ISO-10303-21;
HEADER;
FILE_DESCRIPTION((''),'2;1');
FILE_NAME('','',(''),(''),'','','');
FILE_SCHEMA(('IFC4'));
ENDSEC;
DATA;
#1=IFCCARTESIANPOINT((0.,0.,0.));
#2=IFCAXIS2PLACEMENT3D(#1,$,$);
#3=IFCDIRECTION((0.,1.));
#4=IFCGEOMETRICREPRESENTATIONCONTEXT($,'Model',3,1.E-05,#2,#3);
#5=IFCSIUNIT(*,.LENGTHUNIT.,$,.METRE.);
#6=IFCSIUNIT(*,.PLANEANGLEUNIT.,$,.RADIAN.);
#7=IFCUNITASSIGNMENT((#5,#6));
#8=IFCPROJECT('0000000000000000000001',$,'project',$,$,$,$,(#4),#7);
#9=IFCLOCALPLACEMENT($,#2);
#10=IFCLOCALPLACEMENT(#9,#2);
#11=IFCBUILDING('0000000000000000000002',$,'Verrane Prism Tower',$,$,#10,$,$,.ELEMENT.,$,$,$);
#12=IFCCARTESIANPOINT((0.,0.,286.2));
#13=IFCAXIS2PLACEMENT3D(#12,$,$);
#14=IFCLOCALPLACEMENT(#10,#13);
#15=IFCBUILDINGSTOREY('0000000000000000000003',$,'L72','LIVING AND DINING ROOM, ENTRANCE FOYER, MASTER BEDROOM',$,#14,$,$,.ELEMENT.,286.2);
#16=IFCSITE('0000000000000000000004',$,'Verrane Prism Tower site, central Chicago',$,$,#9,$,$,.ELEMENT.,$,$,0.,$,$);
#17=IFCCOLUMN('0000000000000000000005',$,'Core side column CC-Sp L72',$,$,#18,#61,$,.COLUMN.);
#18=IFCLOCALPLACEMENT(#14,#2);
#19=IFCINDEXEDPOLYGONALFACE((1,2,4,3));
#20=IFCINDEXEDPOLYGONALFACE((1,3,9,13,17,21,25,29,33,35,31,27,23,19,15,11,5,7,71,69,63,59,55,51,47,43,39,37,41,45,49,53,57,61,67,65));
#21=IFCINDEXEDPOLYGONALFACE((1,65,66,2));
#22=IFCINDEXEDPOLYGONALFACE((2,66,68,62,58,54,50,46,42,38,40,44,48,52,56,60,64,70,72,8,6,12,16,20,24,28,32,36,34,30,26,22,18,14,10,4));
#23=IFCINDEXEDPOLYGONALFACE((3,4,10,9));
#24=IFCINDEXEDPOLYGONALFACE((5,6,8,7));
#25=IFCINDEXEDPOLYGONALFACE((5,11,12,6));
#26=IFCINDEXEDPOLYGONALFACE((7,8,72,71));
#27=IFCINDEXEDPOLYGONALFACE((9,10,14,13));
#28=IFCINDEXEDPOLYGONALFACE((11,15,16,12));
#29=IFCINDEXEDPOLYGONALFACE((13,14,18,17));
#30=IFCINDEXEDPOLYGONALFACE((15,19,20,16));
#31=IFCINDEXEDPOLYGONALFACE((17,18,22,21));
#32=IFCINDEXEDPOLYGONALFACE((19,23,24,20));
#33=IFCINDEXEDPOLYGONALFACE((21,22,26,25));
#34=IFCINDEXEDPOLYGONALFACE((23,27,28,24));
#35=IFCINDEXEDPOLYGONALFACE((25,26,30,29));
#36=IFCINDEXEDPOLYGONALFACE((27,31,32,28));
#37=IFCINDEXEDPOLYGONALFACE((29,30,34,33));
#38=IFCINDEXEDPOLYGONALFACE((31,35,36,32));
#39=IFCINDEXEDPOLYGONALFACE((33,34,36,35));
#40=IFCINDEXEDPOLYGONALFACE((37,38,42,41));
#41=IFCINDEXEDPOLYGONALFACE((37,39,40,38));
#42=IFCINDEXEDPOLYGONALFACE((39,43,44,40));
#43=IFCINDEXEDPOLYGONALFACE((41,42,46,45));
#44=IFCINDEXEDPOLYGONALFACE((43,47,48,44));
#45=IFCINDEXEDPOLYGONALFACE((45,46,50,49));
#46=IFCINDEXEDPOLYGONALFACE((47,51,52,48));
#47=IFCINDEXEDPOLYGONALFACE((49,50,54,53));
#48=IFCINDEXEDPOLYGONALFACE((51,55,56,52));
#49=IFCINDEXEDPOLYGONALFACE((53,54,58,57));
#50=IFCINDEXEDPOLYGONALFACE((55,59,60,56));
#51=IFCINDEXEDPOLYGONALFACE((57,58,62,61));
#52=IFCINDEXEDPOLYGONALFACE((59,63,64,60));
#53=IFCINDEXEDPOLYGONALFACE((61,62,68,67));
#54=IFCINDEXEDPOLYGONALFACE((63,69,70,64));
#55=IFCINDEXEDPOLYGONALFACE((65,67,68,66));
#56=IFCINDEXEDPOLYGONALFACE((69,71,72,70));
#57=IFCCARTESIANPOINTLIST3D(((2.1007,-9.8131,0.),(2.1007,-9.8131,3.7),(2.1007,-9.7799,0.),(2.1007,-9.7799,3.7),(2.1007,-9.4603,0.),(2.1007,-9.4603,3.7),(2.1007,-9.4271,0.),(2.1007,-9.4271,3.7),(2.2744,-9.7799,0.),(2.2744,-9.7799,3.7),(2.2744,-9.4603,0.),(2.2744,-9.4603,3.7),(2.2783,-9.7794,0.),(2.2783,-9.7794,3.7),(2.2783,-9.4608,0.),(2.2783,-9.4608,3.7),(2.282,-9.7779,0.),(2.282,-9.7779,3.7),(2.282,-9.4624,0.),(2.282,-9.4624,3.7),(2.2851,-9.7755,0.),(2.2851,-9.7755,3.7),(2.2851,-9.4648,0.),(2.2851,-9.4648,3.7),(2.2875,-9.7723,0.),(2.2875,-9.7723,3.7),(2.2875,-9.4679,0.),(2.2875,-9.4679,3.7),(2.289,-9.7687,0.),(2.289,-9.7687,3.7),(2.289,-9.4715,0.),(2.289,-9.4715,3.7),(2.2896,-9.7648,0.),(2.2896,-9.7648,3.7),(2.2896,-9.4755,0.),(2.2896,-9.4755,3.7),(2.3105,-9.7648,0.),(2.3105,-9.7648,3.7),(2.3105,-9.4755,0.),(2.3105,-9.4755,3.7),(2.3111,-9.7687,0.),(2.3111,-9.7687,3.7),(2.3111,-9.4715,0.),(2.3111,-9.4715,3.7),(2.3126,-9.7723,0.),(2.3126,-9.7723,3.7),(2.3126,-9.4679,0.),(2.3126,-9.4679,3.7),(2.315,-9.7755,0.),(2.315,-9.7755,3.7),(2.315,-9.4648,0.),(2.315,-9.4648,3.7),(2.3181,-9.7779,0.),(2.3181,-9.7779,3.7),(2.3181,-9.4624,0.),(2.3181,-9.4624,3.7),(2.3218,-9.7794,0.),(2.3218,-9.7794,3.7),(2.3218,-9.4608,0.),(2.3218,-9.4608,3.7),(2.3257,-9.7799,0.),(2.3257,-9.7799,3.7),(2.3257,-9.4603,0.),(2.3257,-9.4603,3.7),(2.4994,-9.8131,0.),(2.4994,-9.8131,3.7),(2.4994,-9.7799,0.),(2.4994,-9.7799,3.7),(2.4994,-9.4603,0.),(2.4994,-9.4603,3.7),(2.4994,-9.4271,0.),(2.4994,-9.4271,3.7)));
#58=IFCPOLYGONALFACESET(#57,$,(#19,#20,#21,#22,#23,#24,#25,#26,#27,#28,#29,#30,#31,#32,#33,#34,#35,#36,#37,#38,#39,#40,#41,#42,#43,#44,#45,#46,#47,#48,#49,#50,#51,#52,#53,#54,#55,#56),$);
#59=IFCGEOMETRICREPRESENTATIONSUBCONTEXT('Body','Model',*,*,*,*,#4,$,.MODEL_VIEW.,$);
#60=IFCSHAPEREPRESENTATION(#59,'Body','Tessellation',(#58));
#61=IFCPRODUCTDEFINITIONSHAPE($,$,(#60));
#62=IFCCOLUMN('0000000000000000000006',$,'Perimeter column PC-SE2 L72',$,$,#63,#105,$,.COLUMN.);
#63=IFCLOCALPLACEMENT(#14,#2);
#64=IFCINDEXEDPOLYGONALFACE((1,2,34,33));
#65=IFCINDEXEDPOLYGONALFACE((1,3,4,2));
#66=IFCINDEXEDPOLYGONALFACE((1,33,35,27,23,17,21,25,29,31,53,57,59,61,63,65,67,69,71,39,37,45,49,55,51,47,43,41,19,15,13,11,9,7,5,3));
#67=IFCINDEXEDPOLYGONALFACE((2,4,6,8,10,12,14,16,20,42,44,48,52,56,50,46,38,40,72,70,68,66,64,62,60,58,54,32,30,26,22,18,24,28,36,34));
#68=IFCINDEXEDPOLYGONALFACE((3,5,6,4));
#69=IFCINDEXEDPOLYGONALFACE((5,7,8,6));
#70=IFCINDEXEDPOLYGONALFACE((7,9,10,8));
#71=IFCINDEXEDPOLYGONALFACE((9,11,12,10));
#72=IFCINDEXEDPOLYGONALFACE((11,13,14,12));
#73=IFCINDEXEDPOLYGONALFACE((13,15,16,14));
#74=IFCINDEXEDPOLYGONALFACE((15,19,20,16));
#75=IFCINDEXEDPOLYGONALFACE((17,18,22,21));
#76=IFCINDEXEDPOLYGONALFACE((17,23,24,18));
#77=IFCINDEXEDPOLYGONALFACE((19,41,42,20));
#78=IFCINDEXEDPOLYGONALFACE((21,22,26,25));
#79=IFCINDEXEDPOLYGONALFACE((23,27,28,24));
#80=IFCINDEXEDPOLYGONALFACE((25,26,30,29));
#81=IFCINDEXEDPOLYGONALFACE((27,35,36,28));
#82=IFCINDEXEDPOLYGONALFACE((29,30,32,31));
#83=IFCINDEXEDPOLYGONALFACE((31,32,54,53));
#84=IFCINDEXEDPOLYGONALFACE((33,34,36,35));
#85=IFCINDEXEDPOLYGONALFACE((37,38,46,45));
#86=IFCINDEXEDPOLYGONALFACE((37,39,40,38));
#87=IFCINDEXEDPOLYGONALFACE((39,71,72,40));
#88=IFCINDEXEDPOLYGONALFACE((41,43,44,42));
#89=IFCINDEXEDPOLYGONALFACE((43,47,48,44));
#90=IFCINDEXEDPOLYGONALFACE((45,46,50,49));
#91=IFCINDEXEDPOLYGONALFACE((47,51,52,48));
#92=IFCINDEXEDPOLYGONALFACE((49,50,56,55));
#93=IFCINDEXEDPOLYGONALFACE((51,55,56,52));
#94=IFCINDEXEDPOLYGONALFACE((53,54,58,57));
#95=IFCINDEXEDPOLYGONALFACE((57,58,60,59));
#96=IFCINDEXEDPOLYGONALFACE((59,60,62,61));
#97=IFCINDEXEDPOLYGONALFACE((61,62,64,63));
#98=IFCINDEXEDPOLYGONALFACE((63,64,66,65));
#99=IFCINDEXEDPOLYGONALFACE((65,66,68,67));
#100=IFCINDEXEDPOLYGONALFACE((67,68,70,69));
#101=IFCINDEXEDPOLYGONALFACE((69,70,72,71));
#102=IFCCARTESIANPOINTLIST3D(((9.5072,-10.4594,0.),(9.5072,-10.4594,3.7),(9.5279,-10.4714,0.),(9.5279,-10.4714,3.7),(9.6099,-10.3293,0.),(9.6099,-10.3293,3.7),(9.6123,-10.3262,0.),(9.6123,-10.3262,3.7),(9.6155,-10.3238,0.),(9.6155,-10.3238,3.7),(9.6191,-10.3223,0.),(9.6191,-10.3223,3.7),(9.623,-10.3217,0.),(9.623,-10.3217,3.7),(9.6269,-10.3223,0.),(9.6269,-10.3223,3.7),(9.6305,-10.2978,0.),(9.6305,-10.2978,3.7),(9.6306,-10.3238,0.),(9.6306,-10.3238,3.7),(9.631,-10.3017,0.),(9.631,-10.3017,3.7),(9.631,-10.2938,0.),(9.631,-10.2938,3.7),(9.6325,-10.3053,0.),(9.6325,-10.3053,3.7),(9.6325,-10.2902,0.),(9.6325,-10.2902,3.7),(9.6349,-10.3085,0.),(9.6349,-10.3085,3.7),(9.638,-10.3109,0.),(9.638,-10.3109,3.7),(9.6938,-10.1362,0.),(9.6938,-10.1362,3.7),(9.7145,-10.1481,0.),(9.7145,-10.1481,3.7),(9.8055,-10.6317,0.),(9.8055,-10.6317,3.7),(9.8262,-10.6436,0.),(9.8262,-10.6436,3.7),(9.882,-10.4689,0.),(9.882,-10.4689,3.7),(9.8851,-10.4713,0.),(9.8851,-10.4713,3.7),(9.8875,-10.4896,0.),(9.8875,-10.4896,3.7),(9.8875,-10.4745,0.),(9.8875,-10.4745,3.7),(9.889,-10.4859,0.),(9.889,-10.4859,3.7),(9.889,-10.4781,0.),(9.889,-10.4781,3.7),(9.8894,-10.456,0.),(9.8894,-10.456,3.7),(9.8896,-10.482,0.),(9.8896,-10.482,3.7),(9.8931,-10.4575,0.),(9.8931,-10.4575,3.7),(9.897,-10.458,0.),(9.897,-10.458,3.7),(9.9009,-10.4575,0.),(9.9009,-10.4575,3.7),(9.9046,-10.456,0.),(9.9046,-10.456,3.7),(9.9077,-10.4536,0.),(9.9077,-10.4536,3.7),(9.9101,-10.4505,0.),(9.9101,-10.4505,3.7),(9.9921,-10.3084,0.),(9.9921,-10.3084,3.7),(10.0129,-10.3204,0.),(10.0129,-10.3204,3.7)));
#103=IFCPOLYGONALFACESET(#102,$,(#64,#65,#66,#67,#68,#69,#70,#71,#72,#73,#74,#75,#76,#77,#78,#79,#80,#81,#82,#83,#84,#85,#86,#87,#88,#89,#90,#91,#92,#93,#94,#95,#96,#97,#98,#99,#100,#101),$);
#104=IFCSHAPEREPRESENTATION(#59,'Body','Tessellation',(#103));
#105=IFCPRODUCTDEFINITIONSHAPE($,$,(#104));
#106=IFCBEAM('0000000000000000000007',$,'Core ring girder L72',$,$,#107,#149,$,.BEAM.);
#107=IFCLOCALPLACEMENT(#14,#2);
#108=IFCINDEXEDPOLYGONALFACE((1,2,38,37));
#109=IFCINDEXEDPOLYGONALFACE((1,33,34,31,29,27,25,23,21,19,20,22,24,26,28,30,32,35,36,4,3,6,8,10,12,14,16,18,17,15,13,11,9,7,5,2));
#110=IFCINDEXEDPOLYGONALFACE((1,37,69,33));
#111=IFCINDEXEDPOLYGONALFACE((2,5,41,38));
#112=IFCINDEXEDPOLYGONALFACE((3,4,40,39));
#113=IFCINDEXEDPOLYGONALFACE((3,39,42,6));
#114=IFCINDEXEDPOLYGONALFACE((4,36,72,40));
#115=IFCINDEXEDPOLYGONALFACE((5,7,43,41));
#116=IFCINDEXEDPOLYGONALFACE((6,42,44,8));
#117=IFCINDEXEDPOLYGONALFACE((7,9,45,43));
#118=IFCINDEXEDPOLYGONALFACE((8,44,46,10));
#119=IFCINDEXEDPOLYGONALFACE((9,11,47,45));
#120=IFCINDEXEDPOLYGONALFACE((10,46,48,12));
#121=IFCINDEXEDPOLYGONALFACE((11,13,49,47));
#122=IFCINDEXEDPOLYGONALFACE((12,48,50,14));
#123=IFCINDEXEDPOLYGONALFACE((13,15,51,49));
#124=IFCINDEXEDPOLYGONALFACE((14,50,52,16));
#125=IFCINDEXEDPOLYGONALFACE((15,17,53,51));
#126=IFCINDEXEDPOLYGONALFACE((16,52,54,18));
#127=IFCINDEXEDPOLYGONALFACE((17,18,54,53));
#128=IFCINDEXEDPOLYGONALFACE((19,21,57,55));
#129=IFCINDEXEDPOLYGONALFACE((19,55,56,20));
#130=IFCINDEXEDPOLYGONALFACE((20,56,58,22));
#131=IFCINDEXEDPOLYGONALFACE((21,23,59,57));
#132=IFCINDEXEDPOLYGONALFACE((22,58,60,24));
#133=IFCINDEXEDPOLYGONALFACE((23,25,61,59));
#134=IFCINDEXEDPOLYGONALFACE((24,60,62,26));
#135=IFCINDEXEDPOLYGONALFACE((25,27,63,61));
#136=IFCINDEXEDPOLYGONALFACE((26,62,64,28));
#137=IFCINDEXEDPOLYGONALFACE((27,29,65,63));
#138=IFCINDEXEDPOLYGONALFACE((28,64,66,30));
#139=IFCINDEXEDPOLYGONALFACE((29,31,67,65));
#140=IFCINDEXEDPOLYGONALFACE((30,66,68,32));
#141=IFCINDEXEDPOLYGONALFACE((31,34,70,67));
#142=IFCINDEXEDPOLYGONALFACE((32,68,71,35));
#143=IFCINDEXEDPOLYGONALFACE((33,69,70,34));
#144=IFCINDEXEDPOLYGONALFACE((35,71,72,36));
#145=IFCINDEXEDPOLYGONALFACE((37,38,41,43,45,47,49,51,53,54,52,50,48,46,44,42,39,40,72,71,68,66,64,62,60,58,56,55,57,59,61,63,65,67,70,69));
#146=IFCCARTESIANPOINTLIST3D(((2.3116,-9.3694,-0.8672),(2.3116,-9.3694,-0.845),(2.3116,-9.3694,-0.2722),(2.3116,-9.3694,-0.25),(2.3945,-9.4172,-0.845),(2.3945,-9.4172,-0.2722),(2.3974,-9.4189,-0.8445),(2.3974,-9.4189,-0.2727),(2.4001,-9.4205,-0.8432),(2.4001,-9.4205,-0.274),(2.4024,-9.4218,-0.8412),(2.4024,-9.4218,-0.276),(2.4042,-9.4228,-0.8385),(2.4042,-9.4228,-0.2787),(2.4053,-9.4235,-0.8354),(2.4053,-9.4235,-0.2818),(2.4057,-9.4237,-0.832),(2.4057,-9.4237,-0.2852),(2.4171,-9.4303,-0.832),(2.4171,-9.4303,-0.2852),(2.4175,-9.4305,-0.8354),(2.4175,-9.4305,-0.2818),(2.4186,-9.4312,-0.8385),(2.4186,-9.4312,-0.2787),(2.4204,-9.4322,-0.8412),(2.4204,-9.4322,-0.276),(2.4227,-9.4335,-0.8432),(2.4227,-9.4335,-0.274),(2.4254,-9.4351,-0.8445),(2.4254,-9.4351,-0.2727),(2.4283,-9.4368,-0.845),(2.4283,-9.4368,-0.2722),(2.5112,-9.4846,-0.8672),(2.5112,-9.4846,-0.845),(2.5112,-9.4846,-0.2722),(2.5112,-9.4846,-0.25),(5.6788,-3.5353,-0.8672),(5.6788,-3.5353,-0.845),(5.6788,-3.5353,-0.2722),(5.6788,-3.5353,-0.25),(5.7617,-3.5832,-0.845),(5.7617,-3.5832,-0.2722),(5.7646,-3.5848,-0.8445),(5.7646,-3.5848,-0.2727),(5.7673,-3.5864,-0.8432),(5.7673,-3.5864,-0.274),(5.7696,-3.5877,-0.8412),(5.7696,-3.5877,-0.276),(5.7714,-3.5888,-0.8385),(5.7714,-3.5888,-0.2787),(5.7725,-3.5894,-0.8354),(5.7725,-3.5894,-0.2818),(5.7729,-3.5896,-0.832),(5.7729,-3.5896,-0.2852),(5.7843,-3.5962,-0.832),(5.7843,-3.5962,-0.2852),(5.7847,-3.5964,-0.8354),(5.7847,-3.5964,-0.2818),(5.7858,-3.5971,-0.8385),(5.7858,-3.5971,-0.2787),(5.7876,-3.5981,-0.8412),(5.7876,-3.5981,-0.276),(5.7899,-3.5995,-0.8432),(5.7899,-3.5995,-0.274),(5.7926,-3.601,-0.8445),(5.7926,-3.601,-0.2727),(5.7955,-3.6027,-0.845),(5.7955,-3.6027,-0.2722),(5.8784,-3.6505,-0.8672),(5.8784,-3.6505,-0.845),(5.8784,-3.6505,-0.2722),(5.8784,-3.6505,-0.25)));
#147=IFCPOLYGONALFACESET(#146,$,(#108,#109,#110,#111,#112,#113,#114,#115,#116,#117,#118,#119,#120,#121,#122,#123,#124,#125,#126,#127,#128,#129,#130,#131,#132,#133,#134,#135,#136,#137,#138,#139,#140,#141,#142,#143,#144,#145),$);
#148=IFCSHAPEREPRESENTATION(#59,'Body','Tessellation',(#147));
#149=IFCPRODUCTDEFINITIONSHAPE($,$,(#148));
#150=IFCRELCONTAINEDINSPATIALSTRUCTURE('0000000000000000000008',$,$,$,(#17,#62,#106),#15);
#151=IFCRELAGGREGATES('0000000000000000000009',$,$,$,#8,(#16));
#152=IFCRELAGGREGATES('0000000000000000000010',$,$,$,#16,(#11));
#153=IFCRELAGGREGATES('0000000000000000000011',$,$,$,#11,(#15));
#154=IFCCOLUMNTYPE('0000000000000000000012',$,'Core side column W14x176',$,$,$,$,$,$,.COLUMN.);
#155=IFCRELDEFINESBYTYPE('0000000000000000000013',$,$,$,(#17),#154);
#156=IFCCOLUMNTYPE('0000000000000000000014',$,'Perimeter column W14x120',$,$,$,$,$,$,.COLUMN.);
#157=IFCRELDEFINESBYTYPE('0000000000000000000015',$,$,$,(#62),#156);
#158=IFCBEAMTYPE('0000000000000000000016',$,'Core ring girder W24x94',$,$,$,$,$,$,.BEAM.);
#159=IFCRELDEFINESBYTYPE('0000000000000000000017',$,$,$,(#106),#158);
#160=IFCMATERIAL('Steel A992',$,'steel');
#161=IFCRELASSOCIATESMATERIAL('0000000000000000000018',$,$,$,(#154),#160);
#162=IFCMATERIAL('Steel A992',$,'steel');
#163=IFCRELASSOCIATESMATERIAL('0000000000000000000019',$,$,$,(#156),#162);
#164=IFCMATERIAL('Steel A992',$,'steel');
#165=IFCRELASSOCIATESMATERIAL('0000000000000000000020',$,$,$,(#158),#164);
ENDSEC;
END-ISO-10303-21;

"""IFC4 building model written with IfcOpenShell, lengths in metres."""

from ifc_helpers import new_model, si_unit, direction, frame, origin, origin_2d, place, context, subcontext, project, spatial, i_section, extrude, material, material_profile, profile_set, type_object, element, save


model = new_model("IFC4")

# Units and contexts
model_context = context("Model", 3, precision=1e-05, world=origin(), true_north=direction((0.0, 1.0)))
body_context = subcontext(model_context, "Body", "Model", "MODEL_VIEW")
ifc_project = project(units=[si_unit("LENGTHUNIT", "METRE"), si_unit("PLANEANGLEUNIT", "RADIAN")], contexts=[model_context])

# Site, building, storey
site_placement = place(None, origin())
site = spatial("IfcSite", under=ifc_project, at=site_placement, Name="Verrane Prism Tower site, central Chicago", CompositionType="ELEMENT", RefElevation=0.0)
building_placement = place(site_placement, origin())
building = spatial("IfcBuilding", under=site, at=building_placement, Name="Verrane Prism Tower", CompositionType="ELEMENT")
storey_placement = place(building_placement, frame((0.0, 0.0, 286.2)))
storey = spatial("IfcBuildingStorey", under=building, at=storey_placement, Name="L72", Description="LIVING AND DINING ROOM, ENTRANCE FOYER, MASTER BEDROOM", CompositionType="ELEMENT", Elevation=286.2)

# Columns
ifc_material_1 = material(Name="Steel A992", Category="steel")
ifc_material_profile_1 = material_profile(ifc_material_1, i_section(OverallWidth=0.3987, OverallDepth=0.386, WebThickness=0.021, FlangeThickness=0.0332, FilletRadius=0.0151, at=origin_2d()), Name="W14x176")
ifc_profile_set_1 = profile_set([ifc_material_profile_1], Name="Steel A992")
column_type_1 = type_object("IfcColumnType", Name="Core side column W14x176", PredefinedType="COLUMN", material=ifc_profile_set_1)
column_1_placement = place(storey_placement, frame((2.3, -9.6201, 0.0), z_axis=(0.0, 0.0, 1.0), x_axis=(1.0, 0.0, 0.0)))
element("IfcColumn", 1, at=column_1_placement, inside=storey, type_object=column_type_1, Name="Core side column CC-Sp L72", PredefinedType="COLUMN", context=body_context, shape_type="SweptSolid", body=[
    extrude(i_section(OverallWidth=0.3987, OverallDepth=0.386, WebThickness=0.021, FlangeThickness=0.0332, FilletRadius=0.0151, at=origin_2d()), origin(), (0.0, 0.0, 1.0), 3.7),
])
ifc_material_2 = material(Name="Steel A992", Category="steel")
ifc_material_profile_2 = material_profile(ifc_material_2, i_section(OverallWidth=0.3733, OverallDepth=0.3684, WebThickness=0.0149, FlangeThickness=0.0239, FilletRadius=0.0151, at=origin_2d()), Name="W14x120")
ifc_profile_set_2 = profile_set([ifc_material_profile_2], Name="Steel A992")
column_type_2 = type_object("IfcColumnType", Name="Perimeter column W14x120", PredefinedType="COLUMN", material=ifc_profile_set_2)
column_2_placement = place(storey_placement, frame((9.76, -10.3899, 0.0), z_axis=(0.0, 0.0, 1.0), x_axis=(-0.5, -0.866025, 0.0)))
element("IfcColumn", 2, at=column_2_placement, inside=storey, type_object=column_type_2, Name="Perimeter column PC-SE2 L72", PredefinedType="COLUMN", context=body_context, shape_type="SweptSolid", body=[
    extrude(i_section(OverallWidth=0.3733, OverallDepth=0.3684, WebThickness=0.0149, FlangeThickness=0.0239, FilletRadius=0.0151, at=origin_2d()), origin(), (0.0, 0.0, 1.0), 3.7),
])

# Beam
ifc_material_3 = material(Name="Steel A992", Category="steel")
ifc_material_profile_3 = material_profile(ifc_material_3, i_section(OverallWidth=0.2305, OverallDepth=0.6172, WebThickness=0.0132, FlangeThickness=0.0222, FilletRadius=0.0129, at=origin_2d()), Name="W24x94")
ifc_profile_set_3 = profile_set([ifc_material_profile_3], Name="Steel A992")
beam_type_1 = type_object("IfcBeamType", Name="Core ring girder W24x94", PredefinedType="BEAM", material=ifc_profile_set_3)
beam_1_placement = place(storey_placement, frame((2.4114, -9.427, -0.5586), z_axis=(0.499881, 0.866094, 0.0), x_axis=(-0.866094, 0.499881, 0.0)))
element("IfcBeam", 3, at=beam_1_placement, inside=storey, type_object=beam_type_1, Name="Core ring girder L72", PredefinedType="BEAM", context=body_context, shape_type="SweptSolid", body=[
    extrude(i_section(OverallWidth=0.2305, OverallDepth=0.6172, WebThickness=0.0132, FlangeThickness=0.0222, FilletRadius=0.0129, at=origin_2d()), origin(), (0.0, 0.0, 1.0), 6.7361),
])

save(model, "model.ifc")
